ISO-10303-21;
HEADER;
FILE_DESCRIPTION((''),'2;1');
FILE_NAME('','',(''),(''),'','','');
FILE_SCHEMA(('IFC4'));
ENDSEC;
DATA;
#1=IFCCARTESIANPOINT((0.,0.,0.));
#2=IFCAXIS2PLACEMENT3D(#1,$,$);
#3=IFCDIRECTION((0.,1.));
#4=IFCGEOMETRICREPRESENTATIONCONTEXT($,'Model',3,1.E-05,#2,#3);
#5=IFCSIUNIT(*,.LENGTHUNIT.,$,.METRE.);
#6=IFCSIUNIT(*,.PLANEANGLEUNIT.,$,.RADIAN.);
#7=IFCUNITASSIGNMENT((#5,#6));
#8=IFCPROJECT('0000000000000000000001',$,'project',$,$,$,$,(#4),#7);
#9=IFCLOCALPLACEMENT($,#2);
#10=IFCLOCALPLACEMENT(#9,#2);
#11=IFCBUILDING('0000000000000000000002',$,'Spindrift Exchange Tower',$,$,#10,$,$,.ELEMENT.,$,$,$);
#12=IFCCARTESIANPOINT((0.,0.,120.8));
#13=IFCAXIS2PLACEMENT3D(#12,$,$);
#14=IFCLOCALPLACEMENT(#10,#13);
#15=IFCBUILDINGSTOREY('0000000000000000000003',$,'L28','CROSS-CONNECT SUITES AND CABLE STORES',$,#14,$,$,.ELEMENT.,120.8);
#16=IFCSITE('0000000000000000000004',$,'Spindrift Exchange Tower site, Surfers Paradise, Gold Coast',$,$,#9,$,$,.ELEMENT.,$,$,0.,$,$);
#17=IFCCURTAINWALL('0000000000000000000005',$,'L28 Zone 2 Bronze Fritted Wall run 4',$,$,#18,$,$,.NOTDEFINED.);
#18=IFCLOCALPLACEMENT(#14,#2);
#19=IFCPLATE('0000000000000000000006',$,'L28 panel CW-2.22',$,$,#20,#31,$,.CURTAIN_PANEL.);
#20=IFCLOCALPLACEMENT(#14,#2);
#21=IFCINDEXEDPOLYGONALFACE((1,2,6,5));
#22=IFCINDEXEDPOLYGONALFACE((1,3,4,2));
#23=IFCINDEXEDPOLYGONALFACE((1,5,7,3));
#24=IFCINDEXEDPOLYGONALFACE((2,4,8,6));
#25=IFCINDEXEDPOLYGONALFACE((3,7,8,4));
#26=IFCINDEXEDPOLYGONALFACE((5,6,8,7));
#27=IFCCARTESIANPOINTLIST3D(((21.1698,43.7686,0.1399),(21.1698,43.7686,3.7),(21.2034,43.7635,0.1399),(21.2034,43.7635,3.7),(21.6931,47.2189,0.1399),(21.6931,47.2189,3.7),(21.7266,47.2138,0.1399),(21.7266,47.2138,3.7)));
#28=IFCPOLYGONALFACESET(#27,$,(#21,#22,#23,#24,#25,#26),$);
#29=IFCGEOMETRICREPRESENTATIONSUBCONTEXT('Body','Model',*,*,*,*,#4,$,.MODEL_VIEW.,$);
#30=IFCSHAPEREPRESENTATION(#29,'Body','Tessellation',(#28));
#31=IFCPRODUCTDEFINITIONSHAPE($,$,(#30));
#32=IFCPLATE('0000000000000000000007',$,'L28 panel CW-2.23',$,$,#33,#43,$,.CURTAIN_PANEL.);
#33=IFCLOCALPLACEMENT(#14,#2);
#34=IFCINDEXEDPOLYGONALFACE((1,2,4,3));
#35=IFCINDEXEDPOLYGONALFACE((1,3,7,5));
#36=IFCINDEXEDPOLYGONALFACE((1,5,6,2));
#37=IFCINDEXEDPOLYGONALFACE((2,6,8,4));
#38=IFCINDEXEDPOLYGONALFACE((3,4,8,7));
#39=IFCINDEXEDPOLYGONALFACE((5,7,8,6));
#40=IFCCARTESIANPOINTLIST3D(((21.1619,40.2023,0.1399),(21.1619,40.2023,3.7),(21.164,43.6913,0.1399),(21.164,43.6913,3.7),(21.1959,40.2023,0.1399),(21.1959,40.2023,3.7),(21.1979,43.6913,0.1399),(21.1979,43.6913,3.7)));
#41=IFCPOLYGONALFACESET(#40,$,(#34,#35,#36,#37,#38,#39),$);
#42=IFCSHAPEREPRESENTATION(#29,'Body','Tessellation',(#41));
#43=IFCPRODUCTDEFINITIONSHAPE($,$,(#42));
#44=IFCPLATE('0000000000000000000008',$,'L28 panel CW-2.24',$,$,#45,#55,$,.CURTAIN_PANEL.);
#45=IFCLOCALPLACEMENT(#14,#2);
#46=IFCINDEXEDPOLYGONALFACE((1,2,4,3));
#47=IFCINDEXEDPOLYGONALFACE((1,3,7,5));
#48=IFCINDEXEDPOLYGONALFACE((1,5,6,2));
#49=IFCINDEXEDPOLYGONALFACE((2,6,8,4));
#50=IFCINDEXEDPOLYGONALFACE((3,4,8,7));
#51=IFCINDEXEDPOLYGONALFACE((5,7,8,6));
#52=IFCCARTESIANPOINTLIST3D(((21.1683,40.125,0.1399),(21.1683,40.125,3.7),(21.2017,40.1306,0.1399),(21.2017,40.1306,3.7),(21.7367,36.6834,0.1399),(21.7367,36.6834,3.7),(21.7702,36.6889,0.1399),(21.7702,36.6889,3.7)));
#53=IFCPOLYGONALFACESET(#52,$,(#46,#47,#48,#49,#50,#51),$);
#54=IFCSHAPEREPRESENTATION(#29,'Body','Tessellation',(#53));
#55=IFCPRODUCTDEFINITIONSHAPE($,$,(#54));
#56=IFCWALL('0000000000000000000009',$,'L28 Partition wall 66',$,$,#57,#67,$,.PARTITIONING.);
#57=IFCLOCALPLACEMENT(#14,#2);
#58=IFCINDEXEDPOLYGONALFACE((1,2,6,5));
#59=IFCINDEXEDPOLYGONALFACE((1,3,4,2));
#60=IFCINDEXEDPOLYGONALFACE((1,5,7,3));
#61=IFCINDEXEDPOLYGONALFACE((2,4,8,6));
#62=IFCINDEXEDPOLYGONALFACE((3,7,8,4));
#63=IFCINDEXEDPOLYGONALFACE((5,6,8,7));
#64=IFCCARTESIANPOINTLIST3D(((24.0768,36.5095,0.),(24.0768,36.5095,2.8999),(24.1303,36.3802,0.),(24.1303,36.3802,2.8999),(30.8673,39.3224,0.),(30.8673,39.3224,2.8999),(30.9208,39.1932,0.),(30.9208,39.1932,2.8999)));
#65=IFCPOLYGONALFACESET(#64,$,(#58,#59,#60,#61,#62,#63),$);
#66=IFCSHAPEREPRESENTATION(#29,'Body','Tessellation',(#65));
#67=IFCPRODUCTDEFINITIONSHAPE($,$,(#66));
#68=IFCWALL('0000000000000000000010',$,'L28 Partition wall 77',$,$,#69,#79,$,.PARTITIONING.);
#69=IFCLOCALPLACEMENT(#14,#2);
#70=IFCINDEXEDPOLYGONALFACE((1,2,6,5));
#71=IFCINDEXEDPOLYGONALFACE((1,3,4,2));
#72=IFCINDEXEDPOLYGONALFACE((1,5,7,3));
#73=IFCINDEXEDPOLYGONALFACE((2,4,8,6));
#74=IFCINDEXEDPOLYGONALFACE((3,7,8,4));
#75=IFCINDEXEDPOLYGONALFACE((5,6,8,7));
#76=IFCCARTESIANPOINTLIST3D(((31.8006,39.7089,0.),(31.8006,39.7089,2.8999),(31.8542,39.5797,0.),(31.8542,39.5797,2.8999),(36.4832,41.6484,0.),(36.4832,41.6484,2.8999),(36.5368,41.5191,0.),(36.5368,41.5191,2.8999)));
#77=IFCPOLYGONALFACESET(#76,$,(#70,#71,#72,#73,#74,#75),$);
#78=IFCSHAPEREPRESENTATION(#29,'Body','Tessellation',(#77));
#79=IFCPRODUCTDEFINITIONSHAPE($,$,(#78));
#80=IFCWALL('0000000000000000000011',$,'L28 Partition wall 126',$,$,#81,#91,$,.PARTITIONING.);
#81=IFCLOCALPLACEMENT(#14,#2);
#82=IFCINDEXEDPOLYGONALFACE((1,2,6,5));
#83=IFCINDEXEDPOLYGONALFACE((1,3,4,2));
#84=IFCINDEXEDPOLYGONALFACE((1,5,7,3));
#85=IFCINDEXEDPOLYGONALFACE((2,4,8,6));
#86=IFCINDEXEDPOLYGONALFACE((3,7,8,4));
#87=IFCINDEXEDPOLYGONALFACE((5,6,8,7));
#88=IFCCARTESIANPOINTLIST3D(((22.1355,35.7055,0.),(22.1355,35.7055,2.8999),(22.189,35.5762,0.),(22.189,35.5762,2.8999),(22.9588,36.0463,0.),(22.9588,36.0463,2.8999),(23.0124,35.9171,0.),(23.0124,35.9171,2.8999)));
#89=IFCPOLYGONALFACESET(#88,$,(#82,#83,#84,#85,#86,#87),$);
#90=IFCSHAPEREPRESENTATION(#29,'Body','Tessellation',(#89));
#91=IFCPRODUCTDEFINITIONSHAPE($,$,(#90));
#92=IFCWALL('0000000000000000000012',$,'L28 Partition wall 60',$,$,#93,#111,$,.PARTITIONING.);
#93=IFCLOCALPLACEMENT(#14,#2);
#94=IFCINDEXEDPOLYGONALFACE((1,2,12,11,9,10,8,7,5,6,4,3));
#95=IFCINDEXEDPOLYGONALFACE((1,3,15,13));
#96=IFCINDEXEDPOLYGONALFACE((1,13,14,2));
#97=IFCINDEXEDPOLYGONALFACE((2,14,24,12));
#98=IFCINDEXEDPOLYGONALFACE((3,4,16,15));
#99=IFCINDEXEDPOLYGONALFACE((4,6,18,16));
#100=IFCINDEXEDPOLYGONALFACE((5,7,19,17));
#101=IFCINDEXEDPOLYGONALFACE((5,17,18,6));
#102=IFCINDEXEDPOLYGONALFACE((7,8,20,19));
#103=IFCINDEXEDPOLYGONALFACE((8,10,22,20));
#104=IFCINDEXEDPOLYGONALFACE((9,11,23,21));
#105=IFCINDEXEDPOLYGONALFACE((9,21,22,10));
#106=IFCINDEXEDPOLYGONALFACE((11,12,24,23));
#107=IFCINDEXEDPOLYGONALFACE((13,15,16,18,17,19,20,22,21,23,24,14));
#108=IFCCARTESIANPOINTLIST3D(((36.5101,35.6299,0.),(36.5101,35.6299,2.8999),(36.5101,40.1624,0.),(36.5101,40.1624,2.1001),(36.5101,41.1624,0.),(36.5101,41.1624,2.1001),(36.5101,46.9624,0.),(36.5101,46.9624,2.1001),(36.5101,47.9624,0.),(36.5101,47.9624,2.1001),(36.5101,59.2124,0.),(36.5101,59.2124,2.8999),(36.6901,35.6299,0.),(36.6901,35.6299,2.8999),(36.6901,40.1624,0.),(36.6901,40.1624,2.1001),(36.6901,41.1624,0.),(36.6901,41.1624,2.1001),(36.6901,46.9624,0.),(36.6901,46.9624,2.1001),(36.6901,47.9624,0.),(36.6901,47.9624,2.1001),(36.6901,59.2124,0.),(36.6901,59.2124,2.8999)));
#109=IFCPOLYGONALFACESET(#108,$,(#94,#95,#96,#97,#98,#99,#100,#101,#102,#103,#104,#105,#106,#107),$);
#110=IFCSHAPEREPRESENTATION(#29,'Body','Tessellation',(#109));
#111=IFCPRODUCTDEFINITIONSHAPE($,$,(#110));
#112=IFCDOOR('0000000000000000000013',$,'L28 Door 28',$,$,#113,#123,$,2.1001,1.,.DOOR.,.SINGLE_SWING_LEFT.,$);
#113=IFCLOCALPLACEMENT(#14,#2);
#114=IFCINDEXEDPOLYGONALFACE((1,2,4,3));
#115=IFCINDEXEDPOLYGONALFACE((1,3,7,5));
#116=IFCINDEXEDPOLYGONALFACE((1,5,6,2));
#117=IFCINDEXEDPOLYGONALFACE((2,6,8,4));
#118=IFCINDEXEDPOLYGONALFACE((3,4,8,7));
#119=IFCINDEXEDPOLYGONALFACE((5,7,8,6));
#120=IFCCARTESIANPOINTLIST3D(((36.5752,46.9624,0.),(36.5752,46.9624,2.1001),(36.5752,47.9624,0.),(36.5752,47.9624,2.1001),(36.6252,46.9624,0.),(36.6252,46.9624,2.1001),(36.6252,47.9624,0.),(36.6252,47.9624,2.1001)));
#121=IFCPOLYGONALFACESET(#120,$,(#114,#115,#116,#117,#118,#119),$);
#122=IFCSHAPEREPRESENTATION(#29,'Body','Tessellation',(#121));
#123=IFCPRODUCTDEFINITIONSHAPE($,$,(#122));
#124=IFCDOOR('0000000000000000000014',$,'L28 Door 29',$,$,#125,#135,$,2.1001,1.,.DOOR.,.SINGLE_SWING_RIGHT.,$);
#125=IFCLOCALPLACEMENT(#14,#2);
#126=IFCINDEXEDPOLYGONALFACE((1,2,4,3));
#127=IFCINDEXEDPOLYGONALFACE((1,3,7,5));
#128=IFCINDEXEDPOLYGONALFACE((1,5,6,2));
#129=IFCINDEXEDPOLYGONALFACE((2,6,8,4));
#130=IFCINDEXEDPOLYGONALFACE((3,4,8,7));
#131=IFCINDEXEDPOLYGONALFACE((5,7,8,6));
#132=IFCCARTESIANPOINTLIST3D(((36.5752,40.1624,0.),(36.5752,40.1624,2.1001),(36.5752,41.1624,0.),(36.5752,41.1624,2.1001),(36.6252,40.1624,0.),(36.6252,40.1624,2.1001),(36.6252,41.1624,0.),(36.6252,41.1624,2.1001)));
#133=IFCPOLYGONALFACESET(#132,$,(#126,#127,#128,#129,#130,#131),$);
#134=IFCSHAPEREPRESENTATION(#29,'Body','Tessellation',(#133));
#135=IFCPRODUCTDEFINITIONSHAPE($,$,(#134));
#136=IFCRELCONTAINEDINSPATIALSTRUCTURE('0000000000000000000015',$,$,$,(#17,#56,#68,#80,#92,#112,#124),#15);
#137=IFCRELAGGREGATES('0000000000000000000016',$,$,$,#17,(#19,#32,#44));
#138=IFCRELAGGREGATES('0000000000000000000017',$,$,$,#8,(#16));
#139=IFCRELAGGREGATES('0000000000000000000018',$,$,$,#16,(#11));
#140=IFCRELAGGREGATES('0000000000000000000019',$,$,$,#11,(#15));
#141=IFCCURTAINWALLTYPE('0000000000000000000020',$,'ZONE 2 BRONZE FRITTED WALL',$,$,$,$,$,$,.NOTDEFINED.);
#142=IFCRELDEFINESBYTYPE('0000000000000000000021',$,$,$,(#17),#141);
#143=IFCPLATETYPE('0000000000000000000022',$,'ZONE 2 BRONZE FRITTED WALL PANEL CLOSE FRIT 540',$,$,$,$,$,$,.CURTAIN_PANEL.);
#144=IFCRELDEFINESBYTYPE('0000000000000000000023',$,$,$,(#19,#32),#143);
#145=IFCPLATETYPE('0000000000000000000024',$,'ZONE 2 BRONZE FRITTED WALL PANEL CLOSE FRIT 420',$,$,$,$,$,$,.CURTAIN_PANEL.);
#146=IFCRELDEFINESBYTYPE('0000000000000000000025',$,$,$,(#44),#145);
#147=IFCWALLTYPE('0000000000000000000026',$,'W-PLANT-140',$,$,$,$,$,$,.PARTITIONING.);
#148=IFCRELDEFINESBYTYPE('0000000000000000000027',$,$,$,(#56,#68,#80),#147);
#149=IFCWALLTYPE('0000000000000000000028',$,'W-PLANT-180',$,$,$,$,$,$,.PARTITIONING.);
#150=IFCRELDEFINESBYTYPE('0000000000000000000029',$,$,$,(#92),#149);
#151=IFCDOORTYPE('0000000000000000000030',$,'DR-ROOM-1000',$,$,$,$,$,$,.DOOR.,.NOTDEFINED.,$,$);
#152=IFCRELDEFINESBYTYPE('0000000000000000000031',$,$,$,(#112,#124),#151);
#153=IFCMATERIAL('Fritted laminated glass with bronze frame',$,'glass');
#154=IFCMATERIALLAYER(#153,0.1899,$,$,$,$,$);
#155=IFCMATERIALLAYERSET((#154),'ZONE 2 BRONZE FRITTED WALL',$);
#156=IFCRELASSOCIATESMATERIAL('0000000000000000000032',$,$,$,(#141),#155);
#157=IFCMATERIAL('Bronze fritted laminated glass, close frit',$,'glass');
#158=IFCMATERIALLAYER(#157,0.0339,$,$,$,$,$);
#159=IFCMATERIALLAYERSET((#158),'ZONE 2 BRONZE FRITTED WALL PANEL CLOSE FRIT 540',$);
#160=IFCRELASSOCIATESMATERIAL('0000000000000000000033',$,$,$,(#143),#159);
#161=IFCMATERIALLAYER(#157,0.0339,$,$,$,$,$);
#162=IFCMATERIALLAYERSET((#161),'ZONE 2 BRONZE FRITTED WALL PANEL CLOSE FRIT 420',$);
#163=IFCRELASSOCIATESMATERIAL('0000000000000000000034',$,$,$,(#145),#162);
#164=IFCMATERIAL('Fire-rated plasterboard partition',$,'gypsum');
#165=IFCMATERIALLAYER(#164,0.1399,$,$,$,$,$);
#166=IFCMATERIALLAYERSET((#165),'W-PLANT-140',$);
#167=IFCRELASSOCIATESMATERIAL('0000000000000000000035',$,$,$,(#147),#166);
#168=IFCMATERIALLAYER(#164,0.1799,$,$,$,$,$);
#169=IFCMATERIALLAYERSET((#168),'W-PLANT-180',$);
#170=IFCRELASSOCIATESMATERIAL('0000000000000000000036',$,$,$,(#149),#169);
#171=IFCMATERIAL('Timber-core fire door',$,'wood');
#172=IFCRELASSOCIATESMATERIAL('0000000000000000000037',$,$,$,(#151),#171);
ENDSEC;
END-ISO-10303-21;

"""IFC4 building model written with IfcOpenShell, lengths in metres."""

from ifc_helpers import new_model, si_unit, direction, frame, frame_2d, origin, origin_2d, place, context, subcontext, project, spatial, rectangle, extrude, source, transform, mapped, material, layer, layer_set, type_object, element, fill, aggregate, save


model = new_model("IFC4")

# Units and contexts
model_context = context("Model", 3, precision=1e-05, world=origin(), true_north=direction((0.0, 1.0)))
body_context = subcontext(model_context, "Body", "Model", "MODEL_VIEW")
ifc_project = project(units=[si_unit("LENGTHUNIT", "METRE"), si_unit("PLANEANGLEUNIT", "RADIAN")], contexts=[model_context])

# Site, building, storey
site_placement = place(None, origin())
site = spatial("IfcSite", under=ifc_project, at=site_placement, Name="Spindrift Exchange Tower site, Surfers Paradise, Gold Coast", CompositionType="ELEMENT", RefElevation=0.0)
building_placement = place(site_placement, origin())
building = spatial("IfcBuilding", under=site, at=building_placement, Name="Spindrift Exchange Tower", CompositionType="ELEMENT")
storey_placement = place(building_placement, frame((0.0, 0.0, 120.8)))
storey = spatial("IfcBuildingStorey", under=building, at=storey_placement, Name="L28", Description="CROSS-CONNECT SUITES AND CABLE STORES", CompositionType="ELEMENT", Elevation=120.8)

# Curtain wall
ifc_material_1 = material(Name="Fritted laminated glass with bronze frame", Category="glass")
ifc_layer_1 = layer(ifc_material_1, 0.1899)
ifc_layer_set_1 = layer_set([ifc_layer_1], Name="ZONE 2 BRONZE FRITTED WALL")
curtain_wall_type = type_object("IfcCurtainWallType", Name="ZONE 2 BRONZE FRITTED WALL", PredefinedType="NOTDEFINED", material=ifc_layer_set_1)
curtain_wall_1_placement = place(storey_placement, origin())
curtain_wall_1 = element("IfcCurtainWall", 1, at=curtain_wall_1_placement, inside=storey, type_object=curtain_wall_type, Name="L28 Zone 2 Bronze Fritted Wall run 4", PredefinedType="NOTDEFINED")

# Plates
ifc_material_2 = material(Name="Bronze fritted laminated glass, close frit", Category="glass")
ifc_layer_2 = layer(ifc_material_2, 0.0339)
ifc_layer_set_2 = layer_set([ifc_layer_2], Name="ZONE 2 BRONZE FRITTED WALL PANEL CLOSE FRIT 540")
plate_type_1 = type_object("IfcPlateType", Name="ZONE 2 BRONZE FRITTED WALL PANEL CLOSE FRIT 540", PredefinedType="CURTAIN_PANEL", material=ifc_layer_set_2)
shared_shape_1 = source(origin(), body_context, "Body", "SweptSolid", [
    extrude(rectangle(XDim=3.4897, YDim=0.0339, at=origin_2d()), origin(), (0.0, 0.0, 1.0), 3.5601),
])
plate_1_placement = place(storey_placement, frame((21.4482, 45.4912, 0.1399), z_axis=(0.0, 0.0, 1.0), x_axis=(-0.149943, -0.988695, 0.0)))
plate_1 = element("IfcPlate", 2, at=plate_1_placement, type_object=plate_type_1, Name="L28 panel CW-2.22", PredefinedType="CURTAIN_PANEL", context=body_context, shape_type="MappedRepresentation", body=[
    mapped(shared_shape_1, transform((0.0, 0.0, 0.0), scale=1.0)),
])
shared_shape_2 = source(origin(), body_context, "Body", "SweptSolid", [
    extrude(rectangle(XDim=3.489, YDim=0.0339, at=origin_2d()), origin(), (0.0, 0.0, 1.0), 3.5601),
])
plate_2_placement = place(storey_placement, frame((21.1799, 41.9468, 0.1399), z_axis=(0.0, 0.0, 1.0), x_axis=(-0.00059, -1.0, 0.0)))
plate_2 = element("IfcPlate", 3, at=plate_2_placement, type_object=plate_type_1, Name="L28 panel CW-2.23", PredefinedType="CURTAIN_PANEL", context=body_context, shape_type="MappedRepresentation", body=[
    mapped(shared_shape_2, transform((0.0, 0.0, 0.0), scale=1.0)),
])
ifc_layer_3 = layer(ifc_material_2, 0.0339)
ifc_layer_set_3 = layer_set([ifc_layer_3], Name="ZONE 2 BRONZE FRITTED WALL PANEL CLOSE FRIT 420")
plate_type_2 = type_object("IfcPlateType", Name="ZONE 2 BRONZE FRITTED WALL PANEL CLOSE FRIT 420", PredefinedType="CURTAIN_PANEL", material=ifc_layer_set_3)
shared_shape_3 = source(origin(), body_context, "Body", "SweptSolid", [
    extrude(rectangle(XDim=3.4883, YDim=0.0339, at=origin_2d()), origin(), (0.0, 0.0, 1.0), 3.5601),
])
plate_3_placement = place(storey_placement, frame((21.4692, 38.407, 0.1399), z_axis=(0.0, 0.0, 1.0), x_axis=(0.162966, -0.986632, 0.0)))
plate_3 = element("IfcPlate", 4, at=plate_3_placement, type_object=plate_type_2, Name="L28 panel CW-2.24", PredefinedType="CURTAIN_PANEL", context=body_context, shape_type="MappedRepresentation", body=[
    mapped(shared_shape_3, transform((0.0, 0.0, 0.0), scale=1.0)),
])
aggregate(curtain_wall_1, [plate_1, plate_2, plate_3])

# Walls
ifc_material_3 = material(Name="Fire-rated plasterboard partition", Category="gypsum")
ifc_layer_4 = layer(ifc_material_3, 0.1399)
ifc_layer_set_4 = layer_set([ifc_layer_4], Name="W-PLANT-140")
wall_type_1 = type_object("IfcWallType", Name="W-PLANT-140", PredefinedType="PARTITIONING", material=ifc_layer_set_4)
wall_1_placement = place(storey_placement, frame((30.894, 39.2578, 0.0), z_axis=(0.0, 0.0, 1.0), x_axis=(-0.923867, -0.382714, 0.0)))
element("IfcWall", 5, at=wall_1_placement, inside=storey, type_object=wall_type_1, Name="L28 Partition wall 66", PredefinedType="PARTITIONING", context=body_context, shape_type="SweptSolid", body=[
    extrude(rectangle(XDim=7.3501, YDim=0.1399, at=frame_2d((3.675, 0.0))), origin(), (0.0, 0.0, 1.0), 2.8999),
])
wall_2_placement = place(storey_placement, frame((36.51, 41.5837, 0.0), z_axis=(0.0, 0.0, 1.0), x_axis=(-0.92389, -0.382658, 0.0)))
element("IfcWall", 6, at=wall_2_placement, inside=storey, type_object=wall_type_1, Name="L28 Partition wall 77", PredefinedType="PARTITIONING", context=body_context, shape_type="SweptSolid", body=[
    extrude(rectangle(XDim=5.0684, YDim=0.1399, at=frame_2d((2.5342, 0.0))), origin(), (0.0, 0.0, 1.0), 2.8999),
])
wall_3_placement = place(storey_placement, frame((22.9856, 35.9817, 0.0), z_axis=(0.0, 0.0, 1.0), x_axis=(-0.92395, -0.382513, 0.0)))
element("IfcWall", 7, at=wall_3_placement, inside=storey, type_object=wall_type_1, Name="L28 Partition wall 126", PredefinedType="PARTITIONING", context=body_context, shape_type="SweptSolid", body=[
    extrude(rectangle(XDim=0.8911, YDim=0.1399, at=frame_2d((0.4456, 0.0))), origin(), (0.0, 0.0, 1.0), 2.8999),
])

# Wall, openings, doors
ifc_layer_5 = layer(ifc_material_3, 0.1799)
ifc_layer_set_5 = layer_set([ifc_layer_5], Name="W-PLANT-180")
wall_type_2 = type_object("IfcWallType", Name="W-PLANT-180", PredefinedType="PARTITIONING", material=ifc_layer_set_5)
wall_4_placement = place(storey_placement, frame((36.6001, 35.6299, 0.0), z_axis=(0.0, 0.0, 1.0), x_axis=(0.0, 1.0, 0.0)))
wall_4 = element("IfcWall", 8, at=wall_4_placement, inside=storey, type_object=wall_type_2, Name="L28 Partition wall 60", PredefinedType="PARTITIONING", context=body_context, shape_type="SweptSolid", body=[
    extrude(rectangle(XDim=23.5825, YDim=0.1799, at=frame_2d((11.7913, 0.0))), origin(), (0.0, 0.0, 1.0), 2.8999),
])
opening_1_placement = place(wall_4_placement, frame((11.3325, 0.0, 0.0)))
opening_1 = element("IfcOpeningElement", 9, at=opening_1_placement, cuts=wall_4, PredefinedType="OPENING", context=body_context, shape_type="SweptSolid", body=[
    extrude(rectangle(XDim=1.0, YDim=2.1001, at=frame_2d((0.5, 1.05))), frame((0.0, 0.0999, 0.0), z_axis=(0.0, -1.0, 0.0), x_axis=(1.0, 0.0, 0.0)), (0.0, 0.0, 1.0), 0.2),
])
opening_2_placement = place(wall_4_placement, frame((4.5325, 0.0, 0.0)))
opening_2 = element("IfcOpeningElement", 10, at=opening_2_placement, cuts=wall_4, PredefinedType="OPENING", context=body_context, shape_type="SweptSolid", body=[
    extrude(rectangle(XDim=1.0, YDim=2.1001, at=frame_2d((0.5, 1.05))), frame((0.0, 0.0999, 0.0), z_axis=(0.0, -1.0, 0.0), x_axis=(1.0, 0.0, 0.0)), (0.0, 0.0, 1.0), 0.2),
])
ifc_material_4 = material(Name="Timber-core fire door", Category="wood")
door_type = type_object("IfcDoorType", Name="DR-ROOM-1000", OperationType="NOTDEFINED", PredefinedType="DOOR", material=ifc_material_4)
shared_shape_4 = source(origin(), body_context, "Body", "SweptSolid", [
    extrude(rectangle(XDim=1.0, YDim=2.1001, at=frame_2d((0.5, 1.05))), frame((0.0, 0.0249, 0.0), z_axis=(0.0, -1.0, 0.0), x_axis=(1.0, 0.0, 0.0)), (0.0, 0.0, 1.0), 0.05),
])
door_1_placement = place(opening_1_placement, origin())
door_1 = element("IfcDoor", 11, at=door_1_placement, inside=storey, type_object=door_type, Name="L28 Door 28", OperationType="SINGLE_SWING_LEFT", OverallHeight=2.1001, OverallWidth=1.0, PredefinedType="DOOR", context=body_context, shape_type="MappedRepresentation", body=[
    mapped(shared_shape_4, transform((0.0, 0.0, 0.0), scale=1.0)),
])
fill(opening_1, door_1)
door_2_placement = place(opening_2_placement, origin())
door_2 = element("IfcDoor", 12, at=door_2_placement, inside=storey, type_object=door_type, Name="L28 Door 29", OperationType="SINGLE_SWING_RIGHT", OverallHeight=2.1001, OverallWidth=1.0, PredefinedType="DOOR", context=body_context, shape_type="MappedRepresentation", body=[
    mapped(shared_shape_4, transform((0.0, 0.0, 0.0), scale=1.0)),
])
fill(opening_2, door_2)

save(model, "model.ifc")
